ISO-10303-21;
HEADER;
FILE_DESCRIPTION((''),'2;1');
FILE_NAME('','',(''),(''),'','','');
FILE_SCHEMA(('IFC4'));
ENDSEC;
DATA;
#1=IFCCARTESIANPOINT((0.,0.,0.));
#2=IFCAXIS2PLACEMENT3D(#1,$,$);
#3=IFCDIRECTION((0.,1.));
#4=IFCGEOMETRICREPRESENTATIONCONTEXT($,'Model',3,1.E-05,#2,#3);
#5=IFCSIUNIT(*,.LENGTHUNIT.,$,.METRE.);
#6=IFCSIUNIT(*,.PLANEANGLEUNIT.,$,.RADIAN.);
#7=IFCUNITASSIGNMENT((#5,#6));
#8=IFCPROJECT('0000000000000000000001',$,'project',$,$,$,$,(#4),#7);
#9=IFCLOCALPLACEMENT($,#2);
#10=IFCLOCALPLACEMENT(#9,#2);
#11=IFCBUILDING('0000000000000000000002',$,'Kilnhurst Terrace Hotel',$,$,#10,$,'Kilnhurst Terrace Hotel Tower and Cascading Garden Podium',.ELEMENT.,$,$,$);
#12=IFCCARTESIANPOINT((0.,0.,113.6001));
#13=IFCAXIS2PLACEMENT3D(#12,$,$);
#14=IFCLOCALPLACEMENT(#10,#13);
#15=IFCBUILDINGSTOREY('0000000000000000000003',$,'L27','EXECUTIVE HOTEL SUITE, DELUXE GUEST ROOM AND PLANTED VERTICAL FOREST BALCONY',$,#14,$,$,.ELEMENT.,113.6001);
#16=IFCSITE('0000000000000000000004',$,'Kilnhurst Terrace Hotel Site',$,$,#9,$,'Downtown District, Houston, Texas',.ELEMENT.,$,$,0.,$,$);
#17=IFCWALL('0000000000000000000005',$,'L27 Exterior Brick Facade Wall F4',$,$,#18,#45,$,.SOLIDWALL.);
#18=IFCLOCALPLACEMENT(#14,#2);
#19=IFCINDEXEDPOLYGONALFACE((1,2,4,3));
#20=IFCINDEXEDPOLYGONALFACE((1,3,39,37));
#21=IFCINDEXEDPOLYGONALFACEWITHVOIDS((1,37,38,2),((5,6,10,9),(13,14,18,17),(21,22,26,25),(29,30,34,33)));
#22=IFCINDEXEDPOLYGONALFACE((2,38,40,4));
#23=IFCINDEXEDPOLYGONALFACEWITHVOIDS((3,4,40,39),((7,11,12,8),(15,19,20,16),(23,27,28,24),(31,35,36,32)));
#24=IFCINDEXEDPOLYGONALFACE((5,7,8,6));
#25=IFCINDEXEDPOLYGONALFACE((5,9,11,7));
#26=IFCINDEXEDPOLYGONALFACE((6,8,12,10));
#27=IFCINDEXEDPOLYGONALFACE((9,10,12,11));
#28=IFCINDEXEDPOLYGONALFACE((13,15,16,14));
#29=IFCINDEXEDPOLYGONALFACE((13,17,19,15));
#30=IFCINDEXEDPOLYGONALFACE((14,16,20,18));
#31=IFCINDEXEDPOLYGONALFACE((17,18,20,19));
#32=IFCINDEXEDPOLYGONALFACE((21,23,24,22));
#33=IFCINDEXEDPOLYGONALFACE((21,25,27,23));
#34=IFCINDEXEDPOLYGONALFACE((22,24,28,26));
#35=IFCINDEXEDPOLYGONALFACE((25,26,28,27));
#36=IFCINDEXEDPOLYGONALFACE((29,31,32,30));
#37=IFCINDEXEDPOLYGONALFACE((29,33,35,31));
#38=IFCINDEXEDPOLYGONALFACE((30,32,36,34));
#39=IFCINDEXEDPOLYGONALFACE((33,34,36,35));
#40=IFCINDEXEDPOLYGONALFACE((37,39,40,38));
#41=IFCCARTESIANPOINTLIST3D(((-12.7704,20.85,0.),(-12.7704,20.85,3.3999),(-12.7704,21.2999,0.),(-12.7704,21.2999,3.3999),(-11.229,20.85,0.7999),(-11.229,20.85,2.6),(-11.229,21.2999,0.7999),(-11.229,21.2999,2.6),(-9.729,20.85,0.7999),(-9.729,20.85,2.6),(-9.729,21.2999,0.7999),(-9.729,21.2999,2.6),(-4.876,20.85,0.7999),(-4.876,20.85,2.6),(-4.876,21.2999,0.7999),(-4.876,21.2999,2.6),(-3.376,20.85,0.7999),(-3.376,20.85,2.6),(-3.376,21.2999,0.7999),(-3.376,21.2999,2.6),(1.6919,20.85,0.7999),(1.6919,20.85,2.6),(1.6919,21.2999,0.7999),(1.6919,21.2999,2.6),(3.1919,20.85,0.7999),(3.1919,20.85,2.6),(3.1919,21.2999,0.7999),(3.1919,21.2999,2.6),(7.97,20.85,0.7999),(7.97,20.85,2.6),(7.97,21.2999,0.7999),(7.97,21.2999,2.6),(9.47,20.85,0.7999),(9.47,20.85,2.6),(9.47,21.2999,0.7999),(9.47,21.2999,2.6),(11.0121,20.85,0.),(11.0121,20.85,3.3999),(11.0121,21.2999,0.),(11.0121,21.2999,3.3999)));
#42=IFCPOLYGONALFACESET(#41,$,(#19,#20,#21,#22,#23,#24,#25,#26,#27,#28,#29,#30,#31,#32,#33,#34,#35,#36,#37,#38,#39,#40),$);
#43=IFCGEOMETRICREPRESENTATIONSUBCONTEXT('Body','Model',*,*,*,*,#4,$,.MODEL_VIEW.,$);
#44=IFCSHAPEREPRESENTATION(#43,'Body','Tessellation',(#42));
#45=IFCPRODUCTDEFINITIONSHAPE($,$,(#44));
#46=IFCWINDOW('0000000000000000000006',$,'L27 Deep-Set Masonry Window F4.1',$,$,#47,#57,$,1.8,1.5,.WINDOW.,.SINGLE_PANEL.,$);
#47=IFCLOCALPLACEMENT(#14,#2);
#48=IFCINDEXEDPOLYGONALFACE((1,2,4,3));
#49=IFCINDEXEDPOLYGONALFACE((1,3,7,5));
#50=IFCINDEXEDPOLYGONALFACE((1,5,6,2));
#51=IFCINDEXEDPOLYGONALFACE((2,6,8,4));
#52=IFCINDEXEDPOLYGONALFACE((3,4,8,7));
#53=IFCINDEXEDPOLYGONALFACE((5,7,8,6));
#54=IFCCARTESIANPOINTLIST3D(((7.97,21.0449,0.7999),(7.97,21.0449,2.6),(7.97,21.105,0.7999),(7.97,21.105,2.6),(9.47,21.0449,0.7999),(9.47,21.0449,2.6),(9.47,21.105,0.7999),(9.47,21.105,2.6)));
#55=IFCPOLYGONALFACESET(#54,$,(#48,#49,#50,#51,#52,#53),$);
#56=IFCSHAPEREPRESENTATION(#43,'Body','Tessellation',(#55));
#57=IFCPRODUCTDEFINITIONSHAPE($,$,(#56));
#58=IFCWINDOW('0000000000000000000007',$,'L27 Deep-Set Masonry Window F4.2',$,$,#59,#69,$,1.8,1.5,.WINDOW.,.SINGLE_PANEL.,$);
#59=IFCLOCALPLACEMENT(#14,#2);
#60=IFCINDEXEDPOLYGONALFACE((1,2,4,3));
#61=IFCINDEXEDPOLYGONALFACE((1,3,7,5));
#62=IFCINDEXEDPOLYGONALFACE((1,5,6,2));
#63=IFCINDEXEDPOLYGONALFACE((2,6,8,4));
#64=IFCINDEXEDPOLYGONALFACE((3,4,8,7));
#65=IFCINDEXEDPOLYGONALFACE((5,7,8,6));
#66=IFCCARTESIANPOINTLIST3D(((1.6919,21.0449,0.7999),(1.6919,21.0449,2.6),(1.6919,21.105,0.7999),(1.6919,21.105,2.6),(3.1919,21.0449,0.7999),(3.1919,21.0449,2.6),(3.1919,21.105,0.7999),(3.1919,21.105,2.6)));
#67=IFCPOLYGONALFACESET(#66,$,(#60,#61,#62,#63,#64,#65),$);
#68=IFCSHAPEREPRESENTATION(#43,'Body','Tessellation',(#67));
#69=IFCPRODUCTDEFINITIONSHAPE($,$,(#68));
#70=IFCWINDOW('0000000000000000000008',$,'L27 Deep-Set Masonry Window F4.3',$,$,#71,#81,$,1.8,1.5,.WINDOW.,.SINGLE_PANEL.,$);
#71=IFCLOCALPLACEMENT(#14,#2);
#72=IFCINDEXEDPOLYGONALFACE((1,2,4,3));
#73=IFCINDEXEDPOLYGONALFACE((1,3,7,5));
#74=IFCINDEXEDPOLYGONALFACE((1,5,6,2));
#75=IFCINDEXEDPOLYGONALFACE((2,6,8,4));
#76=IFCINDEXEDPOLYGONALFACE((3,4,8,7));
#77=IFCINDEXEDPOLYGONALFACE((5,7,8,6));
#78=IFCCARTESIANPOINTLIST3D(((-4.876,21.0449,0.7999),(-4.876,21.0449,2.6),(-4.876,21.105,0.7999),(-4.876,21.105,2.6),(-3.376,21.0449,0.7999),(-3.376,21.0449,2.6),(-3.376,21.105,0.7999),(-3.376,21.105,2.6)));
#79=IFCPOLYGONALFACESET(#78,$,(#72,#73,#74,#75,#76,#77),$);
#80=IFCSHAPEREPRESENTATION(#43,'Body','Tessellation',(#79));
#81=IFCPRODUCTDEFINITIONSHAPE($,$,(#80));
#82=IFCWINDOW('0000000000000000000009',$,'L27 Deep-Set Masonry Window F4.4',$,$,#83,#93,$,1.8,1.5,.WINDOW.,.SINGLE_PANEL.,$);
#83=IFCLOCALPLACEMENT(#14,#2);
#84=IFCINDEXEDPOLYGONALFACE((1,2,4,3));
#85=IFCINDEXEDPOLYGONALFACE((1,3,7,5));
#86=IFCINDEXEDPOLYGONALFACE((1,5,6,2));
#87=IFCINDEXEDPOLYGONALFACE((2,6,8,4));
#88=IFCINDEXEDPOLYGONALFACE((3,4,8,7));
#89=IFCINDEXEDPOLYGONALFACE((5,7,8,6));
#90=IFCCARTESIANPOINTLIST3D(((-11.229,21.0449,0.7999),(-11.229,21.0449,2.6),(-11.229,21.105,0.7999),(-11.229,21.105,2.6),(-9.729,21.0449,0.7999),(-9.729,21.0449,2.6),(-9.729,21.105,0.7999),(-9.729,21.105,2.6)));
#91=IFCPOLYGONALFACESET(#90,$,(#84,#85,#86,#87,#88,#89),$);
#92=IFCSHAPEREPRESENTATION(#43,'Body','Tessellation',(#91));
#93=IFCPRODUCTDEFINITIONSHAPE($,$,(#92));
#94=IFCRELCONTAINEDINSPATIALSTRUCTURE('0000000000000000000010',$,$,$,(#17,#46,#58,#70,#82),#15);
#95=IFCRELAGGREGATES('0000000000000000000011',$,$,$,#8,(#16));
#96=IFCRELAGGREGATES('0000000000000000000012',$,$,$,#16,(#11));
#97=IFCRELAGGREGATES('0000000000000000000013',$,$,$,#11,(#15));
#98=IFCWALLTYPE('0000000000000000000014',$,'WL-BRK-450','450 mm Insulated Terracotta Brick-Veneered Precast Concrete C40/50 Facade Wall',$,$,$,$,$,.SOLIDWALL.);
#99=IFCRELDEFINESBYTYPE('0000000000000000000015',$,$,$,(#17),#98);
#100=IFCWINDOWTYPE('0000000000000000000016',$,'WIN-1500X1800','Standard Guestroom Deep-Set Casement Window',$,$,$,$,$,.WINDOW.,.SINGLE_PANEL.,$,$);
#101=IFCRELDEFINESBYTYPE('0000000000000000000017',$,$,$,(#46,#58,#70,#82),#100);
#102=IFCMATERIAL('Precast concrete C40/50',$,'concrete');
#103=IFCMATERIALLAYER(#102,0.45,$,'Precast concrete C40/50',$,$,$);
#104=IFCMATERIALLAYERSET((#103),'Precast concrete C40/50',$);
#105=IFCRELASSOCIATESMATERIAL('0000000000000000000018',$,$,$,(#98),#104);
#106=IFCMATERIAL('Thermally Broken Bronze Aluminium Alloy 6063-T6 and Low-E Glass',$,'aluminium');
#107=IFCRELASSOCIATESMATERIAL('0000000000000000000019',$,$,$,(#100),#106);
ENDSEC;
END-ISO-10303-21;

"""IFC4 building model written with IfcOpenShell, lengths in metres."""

from ifc_helpers import new_model, si_unit, direction, frame, frame_2d, origin, place, context, subcontext, project, spatial, rectangle, extrude, material, layer, layer_set, type_object, element, fill, save


model = new_model("IFC4")

# Units and contexts
model_context = context("Model", 3, precision=1e-05, world=origin(), true_north=direction((0.0, 1.0)))
body_context = subcontext(model_context, "Body", "Model", "MODEL_VIEW")
ifc_project = project(units=[si_unit("LENGTHUNIT", "METRE"), si_unit("PLANEANGLEUNIT", "RADIAN")], contexts=[model_context])

# Site, building, storey
site_placement = place(None, origin())
site = spatial("IfcSite", under=ifc_project, at=site_placement, Name="Kilnhurst Terrace Hotel Site", LongName="Downtown District, Houston, Texas", CompositionType="ELEMENT", RefElevation=0.0)
building_placement = place(site_placement, origin())
building = spatial("IfcBuilding", under=site, at=building_placement, Name="Kilnhurst Terrace Hotel", LongName="Kilnhurst Terrace Hotel Tower and Cascading Garden Podium", CompositionType="ELEMENT")
storey_placement = place(building_placement, frame((0.0, 0.0, 113.6001)))
storey = spatial("IfcBuildingStorey", under=building, at=storey_placement, Name="L27", Description="EXECUTIVE HOTEL SUITE, DELUXE GUEST ROOM AND PLANTED VERTICAL FOREST BALCONY", CompositionType="ELEMENT", Elevation=113.6001)

# Shared definitions
ifc_material_1 = material(Name="Precast concrete C40/50", Category="concrete")
ifc_layer_1 = layer(ifc_material_1, 0.45, Name="Precast concrete C40/50")
ifc_layer_set_1 = layer_set([ifc_layer_1], Name="Precast concrete C40/50")
wall_type_1 = type_object("IfcWallType", Name="WL-BRK-450", Description="450 mm Insulated Terracotta Brick-Veneered Precast Concrete C40/50 Facade Wall", PredefinedType="SOLIDWALL", material=ifc_layer_set_1)

# Wall, openings, windows
wall_1_placement = place(storey_placement, frame((11.012, 21.075, 0.0), z_axis=(0.0, 0.0, 1.0), x_axis=(-1.0, 0.0, 0.0)))
wall_1 = element("IfcWall", 1, at=wall_1_placement, inside=storey, type_object=wall_type_1, Name="L27 Exterior Brick Facade Wall F4", PredefinedType="SOLIDWALL", context=body_context, shape_type="SweptSolid", body=[
    extrude(rectangle(XDim=23.7825, YDim=0.45, at=frame_2d((11.8911, 0.0))), origin(), (0.0, 0.0, 1.0), 3.3999),
])
opening_1_placement = place(wall_1_placement, frame((1.542, 0.0, 0.8)))
opening_1 = element("IfcOpeningElement", 2, at=opening_1_placement, cuts=wall_1, PredefinedType="OPENING", context=body_context, shape_type="SweptSolid", body=[
    extrude(rectangle(XDim=1.5, YDim=1.8, at=frame_2d((0.75, 0.8999))), frame((0.0, 0.2349, 0.0), z_axis=(0.0, -1.0, 0.0), x_axis=(1.0, 0.0, 0.0)), (0.0, 0.0, 1.0), 0.47),
])
opening_2_placement = place(wall_1_placement, frame((7.8201, 0.0, 0.8)))
opening_2 = element("IfcOpeningElement", 3, at=opening_2_placement, cuts=wall_1, PredefinedType="OPENING", context=body_context, shape_type="SweptSolid", body=[
    extrude(rectangle(XDim=1.5, YDim=1.8, at=frame_2d((0.75, 0.8999))), frame((0.0, 0.2349, 0.0), z_axis=(0.0, -1.0, 0.0), x_axis=(1.0, 0.0, 0.0)), (0.0, 0.0, 1.0), 0.47),
])
opening_3_placement = place(wall_1_placement, frame((14.3879, 0.0, 0.8)))
opening_3 = element("IfcOpeningElement", 4, at=opening_3_placement, cuts=wall_1, PredefinedType="OPENING", context=body_context, shape_type="SweptSolid", body=[
    extrude(rectangle(XDim=1.5, YDim=1.8, at=frame_2d((0.75, 0.8999))), frame((0.0, 0.2349, 0.0), z_axis=(0.0, -1.0, 0.0), x_axis=(1.0, 0.0, 0.0)), (0.0, 0.0, 1.0), 0.47),
])
opening_4_placement = place(wall_1_placement, frame((20.741, 0.0, 0.8)))
opening_4 = element("IfcOpeningElement", 5, at=opening_4_placement, cuts=wall_1, PredefinedType="OPENING", context=body_context, shape_type="SweptSolid", body=[
    extrude(rectangle(XDim=1.5, YDim=1.8, at=frame_2d((0.75, 0.8999))), frame((0.0, 0.2349, 0.0), z_axis=(0.0, -1.0, 0.0), x_axis=(1.0, 0.0, 0.0)), (0.0, 0.0, 1.0), 0.47),
])
ifc_material_2 = material(Name="Thermally Broken Bronze Aluminium Alloy 6063-T6 and Low-E Glass", Category="aluminium")
window_type = type_object("IfcWindowType", Name="WIN-1500X1800", Description="Standard Guestroom Deep-Set Casement Window", PartitioningType="SINGLE_PANEL", PredefinedType="WINDOW", material=ifc_material_2)
window_1_placement = place(opening_1_placement, origin())
window_1 = element("IfcWindow", 6, at=window_1_placement, inside=storey, type_object=window_type, Name="L27 Deep-Set Masonry Window F4.1", OverallHeight=1.8, OverallWidth=1.5, PartitioningType="SINGLE_PANEL", PredefinedType="WINDOW", context=body_context, shape_type="SweptSolid", body=[
    extrude(rectangle(XDim=1.5, YDim=1.8, at=frame_2d((0.75, 0.8999))), frame((0.0, 0.03, 0.0), z_axis=(0.0, -1.0, 0.0), x_axis=(1.0, 0.0, 0.0)), (0.0, 0.0, 1.0), 0.0601),
])
fill(opening_1, window_1)
window_2_placement = place(opening_2_placement, origin())
window_2 = element("IfcWindow", 7, at=window_2_placement, inside=storey, type_object=window_type, Name="L27 Deep-Set Masonry Window F4.2", OverallHeight=1.8, OverallWidth=1.5, PartitioningType="SINGLE_PANEL", PredefinedType="WINDOW", context=body_context, shape_type="SweptSolid", body=[
    extrude(rectangle(XDim=1.5, YDim=1.8, at=frame_2d((0.75, 0.8999))), frame((0.0, 0.03, 0.0), z_axis=(0.0, -1.0, 0.0), x_axis=(1.0, 0.0, 0.0)), (0.0, 0.0, 1.0), 0.0601),
])
fill(opening_2, window_2)
window_3_placement = place(opening_3_placement, origin())
window_3 = element("IfcWindow", 8, at=window_3_placement, inside=storey, type_object=window_type, Name="L27 Deep-Set Masonry Window F4.3", OverallHeight=1.8, OverallWidth=1.5, PartitioningType="SINGLE_PANEL", PredefinedType="WINDOW", context=body_context, shape_type="SweptSolid", body=[
    extrude(rectangle(XDim=1.5, YDim=1.8, at=frame_2d((0.75, 0.8999))), frame((0.0, 0.03, 0.0), z_axis=(0.0, -1.0, 0.0), x_axis=(1.0, 0.0, 0.0)), (0.0, 0.0, 1.0), 0.0601),
])
fill(opening_3, window_3)
window_4_placement = place(opening_4_placement, origin())
window_4 = element("IfcWindow", 9, at=window_4_placement, inside=storey, type_object=window_type, Name="L27 Deep-Set Masonry Window F4.4", OverallHeight=1.8, OverallWidth=1.5, PartitioningType="SINGLE_PANEL", PredefinedType="WINDOW", context=body_context, shape_type="SweptSolid", body=[
    extrude(rectangle(XDim=1.5, YDim=1.8, at=frame_2d((0.75, 0.8999))), frame((0.0, 0.03, 0.0), z_axis=(0.0, -1.0, 0.0), x_axis=(1.0, 0.0, 0.0)), (0.0, 0.0, 1.0), 0.0601),
])
fill(opening_4, window_4)

save(model, "model.ifc")
